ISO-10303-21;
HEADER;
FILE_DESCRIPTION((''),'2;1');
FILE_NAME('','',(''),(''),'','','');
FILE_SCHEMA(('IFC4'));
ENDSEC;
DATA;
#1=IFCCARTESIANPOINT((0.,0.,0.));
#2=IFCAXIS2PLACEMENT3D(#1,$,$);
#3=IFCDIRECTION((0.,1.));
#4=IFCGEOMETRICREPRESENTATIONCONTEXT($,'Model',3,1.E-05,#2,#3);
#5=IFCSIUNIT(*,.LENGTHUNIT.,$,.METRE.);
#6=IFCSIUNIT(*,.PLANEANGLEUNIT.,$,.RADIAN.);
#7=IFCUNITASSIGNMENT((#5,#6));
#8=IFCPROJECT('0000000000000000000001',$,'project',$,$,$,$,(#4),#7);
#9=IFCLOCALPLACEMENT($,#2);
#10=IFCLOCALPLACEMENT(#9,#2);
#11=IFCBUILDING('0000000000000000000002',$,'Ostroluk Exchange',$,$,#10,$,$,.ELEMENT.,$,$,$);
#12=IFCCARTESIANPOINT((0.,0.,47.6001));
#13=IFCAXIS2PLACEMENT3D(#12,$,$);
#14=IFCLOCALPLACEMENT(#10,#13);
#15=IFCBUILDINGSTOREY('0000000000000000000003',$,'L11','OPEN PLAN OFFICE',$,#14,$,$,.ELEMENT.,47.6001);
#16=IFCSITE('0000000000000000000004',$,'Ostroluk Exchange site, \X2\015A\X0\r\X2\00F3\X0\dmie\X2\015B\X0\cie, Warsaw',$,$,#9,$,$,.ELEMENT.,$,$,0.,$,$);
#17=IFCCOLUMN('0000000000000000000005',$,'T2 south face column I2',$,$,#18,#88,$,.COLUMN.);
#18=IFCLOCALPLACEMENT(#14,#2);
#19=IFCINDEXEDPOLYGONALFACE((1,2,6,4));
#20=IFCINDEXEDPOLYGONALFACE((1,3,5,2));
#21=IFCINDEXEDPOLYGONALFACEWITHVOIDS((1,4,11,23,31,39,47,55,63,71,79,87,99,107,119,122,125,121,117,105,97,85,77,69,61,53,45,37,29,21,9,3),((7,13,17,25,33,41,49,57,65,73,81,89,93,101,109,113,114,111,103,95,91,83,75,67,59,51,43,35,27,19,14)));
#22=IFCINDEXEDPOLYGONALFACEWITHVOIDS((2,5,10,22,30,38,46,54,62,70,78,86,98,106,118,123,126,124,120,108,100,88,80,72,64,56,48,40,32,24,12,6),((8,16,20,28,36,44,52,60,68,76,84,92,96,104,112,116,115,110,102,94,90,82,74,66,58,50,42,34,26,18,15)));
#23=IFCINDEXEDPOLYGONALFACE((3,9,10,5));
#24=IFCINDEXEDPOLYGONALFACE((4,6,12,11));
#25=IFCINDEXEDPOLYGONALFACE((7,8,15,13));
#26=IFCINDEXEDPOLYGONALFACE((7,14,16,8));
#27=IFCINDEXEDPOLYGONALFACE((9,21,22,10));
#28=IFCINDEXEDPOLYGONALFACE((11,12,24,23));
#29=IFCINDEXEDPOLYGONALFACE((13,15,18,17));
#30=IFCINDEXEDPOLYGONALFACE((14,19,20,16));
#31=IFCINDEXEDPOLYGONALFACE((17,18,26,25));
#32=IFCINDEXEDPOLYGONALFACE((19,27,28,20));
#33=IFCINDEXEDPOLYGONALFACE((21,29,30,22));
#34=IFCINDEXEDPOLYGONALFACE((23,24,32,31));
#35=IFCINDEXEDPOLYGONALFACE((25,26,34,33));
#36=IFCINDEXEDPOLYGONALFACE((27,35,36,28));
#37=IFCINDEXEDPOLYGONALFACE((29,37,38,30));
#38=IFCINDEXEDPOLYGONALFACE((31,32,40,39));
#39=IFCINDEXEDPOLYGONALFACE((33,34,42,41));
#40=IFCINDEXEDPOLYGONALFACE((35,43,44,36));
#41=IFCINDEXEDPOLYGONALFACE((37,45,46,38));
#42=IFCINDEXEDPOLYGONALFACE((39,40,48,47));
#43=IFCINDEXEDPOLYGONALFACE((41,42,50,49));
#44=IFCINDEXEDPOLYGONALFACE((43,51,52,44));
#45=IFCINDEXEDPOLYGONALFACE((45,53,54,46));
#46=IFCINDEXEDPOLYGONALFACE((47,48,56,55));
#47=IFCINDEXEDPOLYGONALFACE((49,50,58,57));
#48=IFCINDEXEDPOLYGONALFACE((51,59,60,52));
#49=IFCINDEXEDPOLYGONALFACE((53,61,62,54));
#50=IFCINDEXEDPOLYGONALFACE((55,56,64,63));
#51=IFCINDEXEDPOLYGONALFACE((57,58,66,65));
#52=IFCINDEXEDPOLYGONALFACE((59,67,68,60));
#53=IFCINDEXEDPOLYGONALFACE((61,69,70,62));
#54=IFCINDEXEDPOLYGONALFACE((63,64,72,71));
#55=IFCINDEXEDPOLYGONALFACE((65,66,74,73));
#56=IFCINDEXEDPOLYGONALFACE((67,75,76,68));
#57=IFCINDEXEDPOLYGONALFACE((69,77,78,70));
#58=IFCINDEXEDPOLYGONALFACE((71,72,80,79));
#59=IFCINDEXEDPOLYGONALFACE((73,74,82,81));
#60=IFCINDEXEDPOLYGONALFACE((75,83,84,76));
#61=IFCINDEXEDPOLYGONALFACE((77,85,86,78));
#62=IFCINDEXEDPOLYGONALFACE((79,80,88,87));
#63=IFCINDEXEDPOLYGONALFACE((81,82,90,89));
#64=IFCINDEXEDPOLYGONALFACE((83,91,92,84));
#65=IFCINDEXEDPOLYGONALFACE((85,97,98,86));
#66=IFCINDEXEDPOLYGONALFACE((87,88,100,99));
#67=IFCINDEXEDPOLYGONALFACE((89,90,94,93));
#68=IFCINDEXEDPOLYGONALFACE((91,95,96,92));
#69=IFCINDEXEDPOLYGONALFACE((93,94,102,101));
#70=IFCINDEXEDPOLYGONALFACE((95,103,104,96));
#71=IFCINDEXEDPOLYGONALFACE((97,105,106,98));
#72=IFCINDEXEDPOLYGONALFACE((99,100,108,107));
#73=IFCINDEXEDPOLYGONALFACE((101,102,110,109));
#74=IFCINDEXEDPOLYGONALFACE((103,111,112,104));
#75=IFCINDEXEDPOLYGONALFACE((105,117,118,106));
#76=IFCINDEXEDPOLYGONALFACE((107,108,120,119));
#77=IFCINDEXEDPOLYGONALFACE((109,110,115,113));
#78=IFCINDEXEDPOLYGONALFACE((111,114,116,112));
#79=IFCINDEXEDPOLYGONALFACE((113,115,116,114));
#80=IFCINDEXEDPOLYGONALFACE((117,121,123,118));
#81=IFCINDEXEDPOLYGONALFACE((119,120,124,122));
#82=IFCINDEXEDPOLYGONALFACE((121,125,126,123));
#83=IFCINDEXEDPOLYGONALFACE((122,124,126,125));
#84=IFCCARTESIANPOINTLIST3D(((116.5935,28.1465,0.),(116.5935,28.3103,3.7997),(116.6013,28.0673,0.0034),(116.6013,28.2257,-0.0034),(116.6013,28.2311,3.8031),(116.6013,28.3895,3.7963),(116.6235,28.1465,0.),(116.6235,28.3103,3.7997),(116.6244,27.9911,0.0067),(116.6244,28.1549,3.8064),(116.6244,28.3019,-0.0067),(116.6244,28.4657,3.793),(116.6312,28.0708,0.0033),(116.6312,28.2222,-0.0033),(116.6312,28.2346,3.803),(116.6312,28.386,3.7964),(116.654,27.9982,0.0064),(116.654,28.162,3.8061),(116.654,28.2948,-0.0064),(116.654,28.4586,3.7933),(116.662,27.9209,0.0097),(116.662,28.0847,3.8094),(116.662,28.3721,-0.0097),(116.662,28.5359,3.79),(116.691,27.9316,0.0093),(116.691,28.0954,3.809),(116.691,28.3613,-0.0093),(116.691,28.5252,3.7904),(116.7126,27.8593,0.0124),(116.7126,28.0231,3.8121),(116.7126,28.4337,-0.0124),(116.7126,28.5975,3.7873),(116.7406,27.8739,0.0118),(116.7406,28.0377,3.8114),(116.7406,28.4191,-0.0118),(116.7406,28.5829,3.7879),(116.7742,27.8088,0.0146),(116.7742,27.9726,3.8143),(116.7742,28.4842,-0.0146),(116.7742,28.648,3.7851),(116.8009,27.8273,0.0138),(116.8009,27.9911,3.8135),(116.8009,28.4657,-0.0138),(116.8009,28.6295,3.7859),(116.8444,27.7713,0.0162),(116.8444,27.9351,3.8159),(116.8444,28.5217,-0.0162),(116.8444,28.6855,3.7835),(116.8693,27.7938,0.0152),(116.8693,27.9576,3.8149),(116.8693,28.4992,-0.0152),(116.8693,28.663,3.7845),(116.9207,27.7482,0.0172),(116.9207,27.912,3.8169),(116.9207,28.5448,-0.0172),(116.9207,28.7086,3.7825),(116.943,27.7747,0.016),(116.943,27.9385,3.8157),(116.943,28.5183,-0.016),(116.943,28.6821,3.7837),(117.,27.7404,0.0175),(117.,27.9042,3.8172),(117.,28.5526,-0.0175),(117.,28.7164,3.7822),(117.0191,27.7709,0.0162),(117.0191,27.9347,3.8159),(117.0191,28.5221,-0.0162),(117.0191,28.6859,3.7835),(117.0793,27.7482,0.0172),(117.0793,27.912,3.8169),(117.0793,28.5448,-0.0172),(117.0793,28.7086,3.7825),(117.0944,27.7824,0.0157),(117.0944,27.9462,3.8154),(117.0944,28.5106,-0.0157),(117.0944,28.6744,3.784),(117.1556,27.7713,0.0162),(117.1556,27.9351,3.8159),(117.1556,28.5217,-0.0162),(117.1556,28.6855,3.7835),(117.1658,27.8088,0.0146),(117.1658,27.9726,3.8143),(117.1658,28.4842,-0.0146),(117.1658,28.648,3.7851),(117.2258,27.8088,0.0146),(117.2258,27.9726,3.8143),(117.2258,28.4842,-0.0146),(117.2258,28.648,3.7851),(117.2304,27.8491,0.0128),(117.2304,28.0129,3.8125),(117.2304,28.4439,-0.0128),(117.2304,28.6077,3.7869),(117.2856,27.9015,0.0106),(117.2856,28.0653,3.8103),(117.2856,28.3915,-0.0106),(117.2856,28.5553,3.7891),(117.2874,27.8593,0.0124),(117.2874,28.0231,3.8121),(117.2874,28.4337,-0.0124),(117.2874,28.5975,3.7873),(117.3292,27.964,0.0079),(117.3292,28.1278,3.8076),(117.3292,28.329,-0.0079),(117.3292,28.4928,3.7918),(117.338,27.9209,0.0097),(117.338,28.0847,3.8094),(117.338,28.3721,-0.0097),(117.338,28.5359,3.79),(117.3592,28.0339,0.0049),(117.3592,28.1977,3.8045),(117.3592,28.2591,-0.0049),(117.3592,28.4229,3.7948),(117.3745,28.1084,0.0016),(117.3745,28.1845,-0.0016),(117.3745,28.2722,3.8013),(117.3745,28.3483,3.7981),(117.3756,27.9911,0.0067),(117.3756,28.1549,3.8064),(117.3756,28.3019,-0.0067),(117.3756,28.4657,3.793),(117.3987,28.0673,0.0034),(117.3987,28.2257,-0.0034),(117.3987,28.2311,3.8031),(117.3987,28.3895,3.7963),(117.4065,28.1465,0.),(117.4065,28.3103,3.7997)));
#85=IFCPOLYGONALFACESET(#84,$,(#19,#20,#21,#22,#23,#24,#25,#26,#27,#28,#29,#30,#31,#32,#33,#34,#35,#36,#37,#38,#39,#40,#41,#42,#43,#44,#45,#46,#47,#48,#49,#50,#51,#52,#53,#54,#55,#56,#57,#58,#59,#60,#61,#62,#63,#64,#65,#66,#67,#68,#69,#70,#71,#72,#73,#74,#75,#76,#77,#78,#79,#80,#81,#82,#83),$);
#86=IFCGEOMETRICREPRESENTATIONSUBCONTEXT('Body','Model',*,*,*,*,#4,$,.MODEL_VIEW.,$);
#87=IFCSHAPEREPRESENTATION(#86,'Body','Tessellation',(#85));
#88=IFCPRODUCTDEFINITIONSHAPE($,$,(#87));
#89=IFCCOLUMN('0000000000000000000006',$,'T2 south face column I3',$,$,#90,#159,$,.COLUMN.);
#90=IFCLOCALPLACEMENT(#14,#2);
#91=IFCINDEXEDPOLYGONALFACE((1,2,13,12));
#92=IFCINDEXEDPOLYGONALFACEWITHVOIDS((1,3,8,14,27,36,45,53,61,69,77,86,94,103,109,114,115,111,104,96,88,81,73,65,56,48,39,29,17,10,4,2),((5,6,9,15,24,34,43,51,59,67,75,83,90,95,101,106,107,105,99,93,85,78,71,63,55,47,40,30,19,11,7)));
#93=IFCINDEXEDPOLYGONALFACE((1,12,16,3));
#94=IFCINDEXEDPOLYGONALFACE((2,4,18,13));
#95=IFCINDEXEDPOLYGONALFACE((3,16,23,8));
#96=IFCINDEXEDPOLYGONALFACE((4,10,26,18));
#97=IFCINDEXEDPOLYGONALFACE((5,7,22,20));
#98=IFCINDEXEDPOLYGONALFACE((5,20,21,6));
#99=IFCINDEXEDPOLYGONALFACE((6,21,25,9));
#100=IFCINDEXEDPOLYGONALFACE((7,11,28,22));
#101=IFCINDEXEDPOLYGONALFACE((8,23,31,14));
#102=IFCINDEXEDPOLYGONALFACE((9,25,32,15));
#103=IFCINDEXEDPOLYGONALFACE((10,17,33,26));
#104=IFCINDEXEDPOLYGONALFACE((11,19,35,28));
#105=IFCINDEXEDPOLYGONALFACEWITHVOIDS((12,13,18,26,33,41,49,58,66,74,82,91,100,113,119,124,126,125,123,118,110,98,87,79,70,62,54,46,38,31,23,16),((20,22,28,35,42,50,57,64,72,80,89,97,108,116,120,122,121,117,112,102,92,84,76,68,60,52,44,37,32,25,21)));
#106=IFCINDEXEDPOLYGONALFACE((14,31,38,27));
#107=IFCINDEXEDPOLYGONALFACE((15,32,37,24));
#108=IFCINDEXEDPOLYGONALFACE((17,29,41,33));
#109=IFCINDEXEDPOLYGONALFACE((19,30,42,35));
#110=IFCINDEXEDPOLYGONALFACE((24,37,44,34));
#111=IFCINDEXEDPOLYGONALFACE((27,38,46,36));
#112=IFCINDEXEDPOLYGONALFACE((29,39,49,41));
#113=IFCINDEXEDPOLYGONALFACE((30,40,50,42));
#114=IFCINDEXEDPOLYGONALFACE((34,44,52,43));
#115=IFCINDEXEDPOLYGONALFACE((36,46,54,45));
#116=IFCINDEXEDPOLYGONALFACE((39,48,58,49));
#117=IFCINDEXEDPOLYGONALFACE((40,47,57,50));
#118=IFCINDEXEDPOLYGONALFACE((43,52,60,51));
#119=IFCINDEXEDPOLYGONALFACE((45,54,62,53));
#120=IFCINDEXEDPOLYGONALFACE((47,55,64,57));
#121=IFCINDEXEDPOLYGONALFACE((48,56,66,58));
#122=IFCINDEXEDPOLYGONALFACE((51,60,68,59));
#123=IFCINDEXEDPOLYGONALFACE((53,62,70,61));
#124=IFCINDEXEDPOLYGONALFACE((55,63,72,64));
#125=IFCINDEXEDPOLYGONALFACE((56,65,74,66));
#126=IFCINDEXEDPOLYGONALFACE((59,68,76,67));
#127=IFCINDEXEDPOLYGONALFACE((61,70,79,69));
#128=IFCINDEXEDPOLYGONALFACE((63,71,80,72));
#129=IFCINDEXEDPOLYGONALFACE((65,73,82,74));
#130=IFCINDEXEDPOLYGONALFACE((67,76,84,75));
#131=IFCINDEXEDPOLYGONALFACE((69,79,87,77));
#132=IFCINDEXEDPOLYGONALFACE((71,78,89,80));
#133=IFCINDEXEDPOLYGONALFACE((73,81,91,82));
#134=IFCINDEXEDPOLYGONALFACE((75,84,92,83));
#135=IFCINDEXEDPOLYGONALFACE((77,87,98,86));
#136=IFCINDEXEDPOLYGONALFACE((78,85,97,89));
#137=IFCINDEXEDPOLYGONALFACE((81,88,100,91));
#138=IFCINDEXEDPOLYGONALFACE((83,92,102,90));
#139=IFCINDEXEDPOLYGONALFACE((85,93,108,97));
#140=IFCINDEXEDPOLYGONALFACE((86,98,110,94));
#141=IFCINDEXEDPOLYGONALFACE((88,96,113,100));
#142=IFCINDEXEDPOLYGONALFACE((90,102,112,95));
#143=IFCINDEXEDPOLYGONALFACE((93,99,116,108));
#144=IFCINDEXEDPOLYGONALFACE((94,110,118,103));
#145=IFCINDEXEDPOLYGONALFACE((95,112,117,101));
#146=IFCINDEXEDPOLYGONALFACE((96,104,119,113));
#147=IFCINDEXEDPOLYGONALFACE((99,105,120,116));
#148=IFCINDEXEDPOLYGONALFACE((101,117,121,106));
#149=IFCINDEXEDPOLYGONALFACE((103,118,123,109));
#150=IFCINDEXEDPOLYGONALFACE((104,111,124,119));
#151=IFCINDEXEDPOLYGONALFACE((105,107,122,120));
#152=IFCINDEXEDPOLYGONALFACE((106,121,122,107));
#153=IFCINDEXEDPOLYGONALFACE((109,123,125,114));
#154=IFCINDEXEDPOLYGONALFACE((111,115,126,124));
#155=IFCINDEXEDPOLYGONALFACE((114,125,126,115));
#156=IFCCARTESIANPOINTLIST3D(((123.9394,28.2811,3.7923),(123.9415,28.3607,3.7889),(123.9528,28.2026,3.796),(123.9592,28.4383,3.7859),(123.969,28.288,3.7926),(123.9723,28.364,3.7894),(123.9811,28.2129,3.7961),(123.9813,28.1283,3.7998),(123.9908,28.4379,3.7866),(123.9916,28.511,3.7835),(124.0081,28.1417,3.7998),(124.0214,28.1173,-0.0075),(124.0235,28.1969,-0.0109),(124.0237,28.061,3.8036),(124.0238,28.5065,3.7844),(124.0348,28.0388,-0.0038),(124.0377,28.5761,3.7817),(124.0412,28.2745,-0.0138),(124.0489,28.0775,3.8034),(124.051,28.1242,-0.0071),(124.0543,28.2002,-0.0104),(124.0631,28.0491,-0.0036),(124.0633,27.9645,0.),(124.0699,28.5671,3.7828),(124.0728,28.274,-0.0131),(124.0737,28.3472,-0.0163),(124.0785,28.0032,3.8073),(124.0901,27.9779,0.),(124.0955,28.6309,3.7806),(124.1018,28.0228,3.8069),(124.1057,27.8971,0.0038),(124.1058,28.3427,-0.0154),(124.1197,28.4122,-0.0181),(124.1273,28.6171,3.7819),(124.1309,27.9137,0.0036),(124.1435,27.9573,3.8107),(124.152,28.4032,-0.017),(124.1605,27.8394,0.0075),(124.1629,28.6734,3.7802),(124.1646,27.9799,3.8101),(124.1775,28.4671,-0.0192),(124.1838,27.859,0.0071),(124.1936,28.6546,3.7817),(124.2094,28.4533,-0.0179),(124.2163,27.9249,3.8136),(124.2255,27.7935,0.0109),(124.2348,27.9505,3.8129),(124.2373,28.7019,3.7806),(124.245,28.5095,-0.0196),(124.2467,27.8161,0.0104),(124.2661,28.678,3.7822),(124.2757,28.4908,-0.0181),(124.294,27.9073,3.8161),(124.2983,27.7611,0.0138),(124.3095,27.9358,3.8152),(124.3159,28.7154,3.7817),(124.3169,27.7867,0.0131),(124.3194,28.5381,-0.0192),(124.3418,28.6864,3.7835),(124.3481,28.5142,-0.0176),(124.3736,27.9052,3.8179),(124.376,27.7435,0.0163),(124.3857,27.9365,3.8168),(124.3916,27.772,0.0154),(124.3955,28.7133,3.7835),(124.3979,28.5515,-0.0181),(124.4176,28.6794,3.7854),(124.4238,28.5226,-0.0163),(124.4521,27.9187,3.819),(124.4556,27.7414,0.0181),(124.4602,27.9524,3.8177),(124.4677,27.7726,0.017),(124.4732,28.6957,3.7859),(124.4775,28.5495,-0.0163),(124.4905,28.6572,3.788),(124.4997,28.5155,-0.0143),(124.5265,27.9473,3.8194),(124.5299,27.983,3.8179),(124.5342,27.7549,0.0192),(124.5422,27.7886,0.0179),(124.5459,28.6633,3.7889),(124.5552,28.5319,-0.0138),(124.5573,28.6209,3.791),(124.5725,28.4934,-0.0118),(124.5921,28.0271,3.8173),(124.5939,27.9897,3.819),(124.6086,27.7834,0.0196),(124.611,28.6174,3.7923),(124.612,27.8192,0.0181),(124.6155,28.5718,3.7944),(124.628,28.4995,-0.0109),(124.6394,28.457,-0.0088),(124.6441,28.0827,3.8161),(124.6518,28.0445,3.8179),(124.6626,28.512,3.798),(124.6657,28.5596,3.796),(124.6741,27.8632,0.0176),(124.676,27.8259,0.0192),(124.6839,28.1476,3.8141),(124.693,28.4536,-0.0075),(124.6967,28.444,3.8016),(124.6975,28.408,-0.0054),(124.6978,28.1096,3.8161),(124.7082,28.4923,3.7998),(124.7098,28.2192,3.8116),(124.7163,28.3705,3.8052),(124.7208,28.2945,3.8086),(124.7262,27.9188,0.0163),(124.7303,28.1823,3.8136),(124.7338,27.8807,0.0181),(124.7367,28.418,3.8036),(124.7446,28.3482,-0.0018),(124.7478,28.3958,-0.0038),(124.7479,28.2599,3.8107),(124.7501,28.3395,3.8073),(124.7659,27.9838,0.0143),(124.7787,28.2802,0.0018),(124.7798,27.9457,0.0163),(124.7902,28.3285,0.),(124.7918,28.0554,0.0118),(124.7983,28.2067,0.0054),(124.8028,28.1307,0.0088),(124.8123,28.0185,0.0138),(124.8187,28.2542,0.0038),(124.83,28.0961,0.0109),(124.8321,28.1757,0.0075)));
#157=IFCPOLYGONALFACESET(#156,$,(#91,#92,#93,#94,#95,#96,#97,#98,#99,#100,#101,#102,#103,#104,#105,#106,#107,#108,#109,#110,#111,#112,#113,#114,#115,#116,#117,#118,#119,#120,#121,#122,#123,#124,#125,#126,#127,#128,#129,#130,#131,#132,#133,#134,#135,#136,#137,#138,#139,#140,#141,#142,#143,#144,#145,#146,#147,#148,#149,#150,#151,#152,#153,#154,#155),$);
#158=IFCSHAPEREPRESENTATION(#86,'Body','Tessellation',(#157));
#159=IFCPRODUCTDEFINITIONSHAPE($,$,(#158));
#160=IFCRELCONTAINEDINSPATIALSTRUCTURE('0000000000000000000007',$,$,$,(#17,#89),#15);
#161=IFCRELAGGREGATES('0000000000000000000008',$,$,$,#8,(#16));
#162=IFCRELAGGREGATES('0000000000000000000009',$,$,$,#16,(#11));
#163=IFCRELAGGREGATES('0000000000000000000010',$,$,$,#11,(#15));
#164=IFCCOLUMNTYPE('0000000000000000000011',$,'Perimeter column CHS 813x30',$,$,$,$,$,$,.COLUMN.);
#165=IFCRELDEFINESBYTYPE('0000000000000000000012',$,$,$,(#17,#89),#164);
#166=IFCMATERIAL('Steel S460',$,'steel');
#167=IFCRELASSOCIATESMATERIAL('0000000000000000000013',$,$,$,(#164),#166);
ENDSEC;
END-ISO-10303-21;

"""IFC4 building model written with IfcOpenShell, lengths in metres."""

from ifc_helpers import new_model, si_unit, direction, frame, origin, origin_2d, place, context, subcontext, project, spatial, hollow_circle, extrude, material, material_profile, profile_set, type_object, element, save


model = new_model("IFC4")

# Units and contexts
model_context = context("Model", 3, precision=1e-05, world=origin(), true_north=direction((0.0, 1.0)))
body_context = subcontext(model_context, "Body", "Model", "MODEL_VIEW")
ifc_project = project(units=[si_unit("LENGTHUNIT", "METRE"), si_unit("PLANEANGLEUNIT", "RADIAN")], contexts=[model_context])

# Site, building, storey
site_placement = place(None, origin())
site = spatial("IfcSite", under=ifc_project, at=site_placement, Name="Ostroluk Exchange site, Śródmieście, Warsaw", CompositionType="ELEMENT", RefElevation=0.0)
building_placement = place(site_placement, origin())
building = spatial("IfcBuilding", under=site, at=building_placement, Name="Ostroluk Exchange", CompositionType="ELEMENT")
storey_placement = place(building_placement, frame((0.0, 0.0, 47.6001)))
storey = spatial("IfcBuildingStorey", under=building, at=storey_placement, Name="L11", Description="OPEN PLAN OFFICE", CompositionType="ELEMENT", Elevation=47.6001)

# Columns
ifc_material_1 = material(Name="Steel S460", Category="steel")
ifc_material_profile_1 = material_profile(ifc_material_1, hollow_circle(Radius=0.4065, WallThickness=0.03, at=origin_2d()), Name="CHS 813x30")
ifc_profile_set_1 = profile_set([ifc_material_profile_1], Name="Steel S460")
column_type = type_object("IfcColumnType", Name="Perimeter column CHS 813x30", PredefinedType="COLUMN", material=ifc_profile_set_1)
column_1_placement = place(storey_placement, frame((117.0, 28.1465, 0.0), z_axis=(0.0, 0.043072, 0.999072), x_axis=(-1.0, 0.0, 0.0)))
element("IfcColumn", 1, at=column_1_placement, inside=storey, type_object=column_type, Name="T2 south face column I2", PredefinedType="COLUMN", context=body_context, shape_type="SweptSolid", body=[
    extrude(hollow_circle(Radius=0.4065, WallThickness=0.03, at=origin_2d()), origin(), (0.0, 0.0, 1.0), 3.8032),
])
column_2_placement = place(storey_placement, frame((124.4268, 28.1465, 0.0), z_axis=(-0.021563, 0.043062, 0.99884), x_axis=(-0.894161, -0.447747, 0.0)))
element("IfcColumn", 2, at=column_2_placement, inside=storey, type_object=column_type, Name="T2 south face column I3", PredefinedType="COLUMN", context=body_context, shape_type="SweptSolid", body=[
    extrude(hollow_circle(Radius=0.4065, WallThickness=0.03, at=origin_2d()), origin(), (0.0, 0.0, 1.0), 3.8042),
])

save(model, "model.ifc")
